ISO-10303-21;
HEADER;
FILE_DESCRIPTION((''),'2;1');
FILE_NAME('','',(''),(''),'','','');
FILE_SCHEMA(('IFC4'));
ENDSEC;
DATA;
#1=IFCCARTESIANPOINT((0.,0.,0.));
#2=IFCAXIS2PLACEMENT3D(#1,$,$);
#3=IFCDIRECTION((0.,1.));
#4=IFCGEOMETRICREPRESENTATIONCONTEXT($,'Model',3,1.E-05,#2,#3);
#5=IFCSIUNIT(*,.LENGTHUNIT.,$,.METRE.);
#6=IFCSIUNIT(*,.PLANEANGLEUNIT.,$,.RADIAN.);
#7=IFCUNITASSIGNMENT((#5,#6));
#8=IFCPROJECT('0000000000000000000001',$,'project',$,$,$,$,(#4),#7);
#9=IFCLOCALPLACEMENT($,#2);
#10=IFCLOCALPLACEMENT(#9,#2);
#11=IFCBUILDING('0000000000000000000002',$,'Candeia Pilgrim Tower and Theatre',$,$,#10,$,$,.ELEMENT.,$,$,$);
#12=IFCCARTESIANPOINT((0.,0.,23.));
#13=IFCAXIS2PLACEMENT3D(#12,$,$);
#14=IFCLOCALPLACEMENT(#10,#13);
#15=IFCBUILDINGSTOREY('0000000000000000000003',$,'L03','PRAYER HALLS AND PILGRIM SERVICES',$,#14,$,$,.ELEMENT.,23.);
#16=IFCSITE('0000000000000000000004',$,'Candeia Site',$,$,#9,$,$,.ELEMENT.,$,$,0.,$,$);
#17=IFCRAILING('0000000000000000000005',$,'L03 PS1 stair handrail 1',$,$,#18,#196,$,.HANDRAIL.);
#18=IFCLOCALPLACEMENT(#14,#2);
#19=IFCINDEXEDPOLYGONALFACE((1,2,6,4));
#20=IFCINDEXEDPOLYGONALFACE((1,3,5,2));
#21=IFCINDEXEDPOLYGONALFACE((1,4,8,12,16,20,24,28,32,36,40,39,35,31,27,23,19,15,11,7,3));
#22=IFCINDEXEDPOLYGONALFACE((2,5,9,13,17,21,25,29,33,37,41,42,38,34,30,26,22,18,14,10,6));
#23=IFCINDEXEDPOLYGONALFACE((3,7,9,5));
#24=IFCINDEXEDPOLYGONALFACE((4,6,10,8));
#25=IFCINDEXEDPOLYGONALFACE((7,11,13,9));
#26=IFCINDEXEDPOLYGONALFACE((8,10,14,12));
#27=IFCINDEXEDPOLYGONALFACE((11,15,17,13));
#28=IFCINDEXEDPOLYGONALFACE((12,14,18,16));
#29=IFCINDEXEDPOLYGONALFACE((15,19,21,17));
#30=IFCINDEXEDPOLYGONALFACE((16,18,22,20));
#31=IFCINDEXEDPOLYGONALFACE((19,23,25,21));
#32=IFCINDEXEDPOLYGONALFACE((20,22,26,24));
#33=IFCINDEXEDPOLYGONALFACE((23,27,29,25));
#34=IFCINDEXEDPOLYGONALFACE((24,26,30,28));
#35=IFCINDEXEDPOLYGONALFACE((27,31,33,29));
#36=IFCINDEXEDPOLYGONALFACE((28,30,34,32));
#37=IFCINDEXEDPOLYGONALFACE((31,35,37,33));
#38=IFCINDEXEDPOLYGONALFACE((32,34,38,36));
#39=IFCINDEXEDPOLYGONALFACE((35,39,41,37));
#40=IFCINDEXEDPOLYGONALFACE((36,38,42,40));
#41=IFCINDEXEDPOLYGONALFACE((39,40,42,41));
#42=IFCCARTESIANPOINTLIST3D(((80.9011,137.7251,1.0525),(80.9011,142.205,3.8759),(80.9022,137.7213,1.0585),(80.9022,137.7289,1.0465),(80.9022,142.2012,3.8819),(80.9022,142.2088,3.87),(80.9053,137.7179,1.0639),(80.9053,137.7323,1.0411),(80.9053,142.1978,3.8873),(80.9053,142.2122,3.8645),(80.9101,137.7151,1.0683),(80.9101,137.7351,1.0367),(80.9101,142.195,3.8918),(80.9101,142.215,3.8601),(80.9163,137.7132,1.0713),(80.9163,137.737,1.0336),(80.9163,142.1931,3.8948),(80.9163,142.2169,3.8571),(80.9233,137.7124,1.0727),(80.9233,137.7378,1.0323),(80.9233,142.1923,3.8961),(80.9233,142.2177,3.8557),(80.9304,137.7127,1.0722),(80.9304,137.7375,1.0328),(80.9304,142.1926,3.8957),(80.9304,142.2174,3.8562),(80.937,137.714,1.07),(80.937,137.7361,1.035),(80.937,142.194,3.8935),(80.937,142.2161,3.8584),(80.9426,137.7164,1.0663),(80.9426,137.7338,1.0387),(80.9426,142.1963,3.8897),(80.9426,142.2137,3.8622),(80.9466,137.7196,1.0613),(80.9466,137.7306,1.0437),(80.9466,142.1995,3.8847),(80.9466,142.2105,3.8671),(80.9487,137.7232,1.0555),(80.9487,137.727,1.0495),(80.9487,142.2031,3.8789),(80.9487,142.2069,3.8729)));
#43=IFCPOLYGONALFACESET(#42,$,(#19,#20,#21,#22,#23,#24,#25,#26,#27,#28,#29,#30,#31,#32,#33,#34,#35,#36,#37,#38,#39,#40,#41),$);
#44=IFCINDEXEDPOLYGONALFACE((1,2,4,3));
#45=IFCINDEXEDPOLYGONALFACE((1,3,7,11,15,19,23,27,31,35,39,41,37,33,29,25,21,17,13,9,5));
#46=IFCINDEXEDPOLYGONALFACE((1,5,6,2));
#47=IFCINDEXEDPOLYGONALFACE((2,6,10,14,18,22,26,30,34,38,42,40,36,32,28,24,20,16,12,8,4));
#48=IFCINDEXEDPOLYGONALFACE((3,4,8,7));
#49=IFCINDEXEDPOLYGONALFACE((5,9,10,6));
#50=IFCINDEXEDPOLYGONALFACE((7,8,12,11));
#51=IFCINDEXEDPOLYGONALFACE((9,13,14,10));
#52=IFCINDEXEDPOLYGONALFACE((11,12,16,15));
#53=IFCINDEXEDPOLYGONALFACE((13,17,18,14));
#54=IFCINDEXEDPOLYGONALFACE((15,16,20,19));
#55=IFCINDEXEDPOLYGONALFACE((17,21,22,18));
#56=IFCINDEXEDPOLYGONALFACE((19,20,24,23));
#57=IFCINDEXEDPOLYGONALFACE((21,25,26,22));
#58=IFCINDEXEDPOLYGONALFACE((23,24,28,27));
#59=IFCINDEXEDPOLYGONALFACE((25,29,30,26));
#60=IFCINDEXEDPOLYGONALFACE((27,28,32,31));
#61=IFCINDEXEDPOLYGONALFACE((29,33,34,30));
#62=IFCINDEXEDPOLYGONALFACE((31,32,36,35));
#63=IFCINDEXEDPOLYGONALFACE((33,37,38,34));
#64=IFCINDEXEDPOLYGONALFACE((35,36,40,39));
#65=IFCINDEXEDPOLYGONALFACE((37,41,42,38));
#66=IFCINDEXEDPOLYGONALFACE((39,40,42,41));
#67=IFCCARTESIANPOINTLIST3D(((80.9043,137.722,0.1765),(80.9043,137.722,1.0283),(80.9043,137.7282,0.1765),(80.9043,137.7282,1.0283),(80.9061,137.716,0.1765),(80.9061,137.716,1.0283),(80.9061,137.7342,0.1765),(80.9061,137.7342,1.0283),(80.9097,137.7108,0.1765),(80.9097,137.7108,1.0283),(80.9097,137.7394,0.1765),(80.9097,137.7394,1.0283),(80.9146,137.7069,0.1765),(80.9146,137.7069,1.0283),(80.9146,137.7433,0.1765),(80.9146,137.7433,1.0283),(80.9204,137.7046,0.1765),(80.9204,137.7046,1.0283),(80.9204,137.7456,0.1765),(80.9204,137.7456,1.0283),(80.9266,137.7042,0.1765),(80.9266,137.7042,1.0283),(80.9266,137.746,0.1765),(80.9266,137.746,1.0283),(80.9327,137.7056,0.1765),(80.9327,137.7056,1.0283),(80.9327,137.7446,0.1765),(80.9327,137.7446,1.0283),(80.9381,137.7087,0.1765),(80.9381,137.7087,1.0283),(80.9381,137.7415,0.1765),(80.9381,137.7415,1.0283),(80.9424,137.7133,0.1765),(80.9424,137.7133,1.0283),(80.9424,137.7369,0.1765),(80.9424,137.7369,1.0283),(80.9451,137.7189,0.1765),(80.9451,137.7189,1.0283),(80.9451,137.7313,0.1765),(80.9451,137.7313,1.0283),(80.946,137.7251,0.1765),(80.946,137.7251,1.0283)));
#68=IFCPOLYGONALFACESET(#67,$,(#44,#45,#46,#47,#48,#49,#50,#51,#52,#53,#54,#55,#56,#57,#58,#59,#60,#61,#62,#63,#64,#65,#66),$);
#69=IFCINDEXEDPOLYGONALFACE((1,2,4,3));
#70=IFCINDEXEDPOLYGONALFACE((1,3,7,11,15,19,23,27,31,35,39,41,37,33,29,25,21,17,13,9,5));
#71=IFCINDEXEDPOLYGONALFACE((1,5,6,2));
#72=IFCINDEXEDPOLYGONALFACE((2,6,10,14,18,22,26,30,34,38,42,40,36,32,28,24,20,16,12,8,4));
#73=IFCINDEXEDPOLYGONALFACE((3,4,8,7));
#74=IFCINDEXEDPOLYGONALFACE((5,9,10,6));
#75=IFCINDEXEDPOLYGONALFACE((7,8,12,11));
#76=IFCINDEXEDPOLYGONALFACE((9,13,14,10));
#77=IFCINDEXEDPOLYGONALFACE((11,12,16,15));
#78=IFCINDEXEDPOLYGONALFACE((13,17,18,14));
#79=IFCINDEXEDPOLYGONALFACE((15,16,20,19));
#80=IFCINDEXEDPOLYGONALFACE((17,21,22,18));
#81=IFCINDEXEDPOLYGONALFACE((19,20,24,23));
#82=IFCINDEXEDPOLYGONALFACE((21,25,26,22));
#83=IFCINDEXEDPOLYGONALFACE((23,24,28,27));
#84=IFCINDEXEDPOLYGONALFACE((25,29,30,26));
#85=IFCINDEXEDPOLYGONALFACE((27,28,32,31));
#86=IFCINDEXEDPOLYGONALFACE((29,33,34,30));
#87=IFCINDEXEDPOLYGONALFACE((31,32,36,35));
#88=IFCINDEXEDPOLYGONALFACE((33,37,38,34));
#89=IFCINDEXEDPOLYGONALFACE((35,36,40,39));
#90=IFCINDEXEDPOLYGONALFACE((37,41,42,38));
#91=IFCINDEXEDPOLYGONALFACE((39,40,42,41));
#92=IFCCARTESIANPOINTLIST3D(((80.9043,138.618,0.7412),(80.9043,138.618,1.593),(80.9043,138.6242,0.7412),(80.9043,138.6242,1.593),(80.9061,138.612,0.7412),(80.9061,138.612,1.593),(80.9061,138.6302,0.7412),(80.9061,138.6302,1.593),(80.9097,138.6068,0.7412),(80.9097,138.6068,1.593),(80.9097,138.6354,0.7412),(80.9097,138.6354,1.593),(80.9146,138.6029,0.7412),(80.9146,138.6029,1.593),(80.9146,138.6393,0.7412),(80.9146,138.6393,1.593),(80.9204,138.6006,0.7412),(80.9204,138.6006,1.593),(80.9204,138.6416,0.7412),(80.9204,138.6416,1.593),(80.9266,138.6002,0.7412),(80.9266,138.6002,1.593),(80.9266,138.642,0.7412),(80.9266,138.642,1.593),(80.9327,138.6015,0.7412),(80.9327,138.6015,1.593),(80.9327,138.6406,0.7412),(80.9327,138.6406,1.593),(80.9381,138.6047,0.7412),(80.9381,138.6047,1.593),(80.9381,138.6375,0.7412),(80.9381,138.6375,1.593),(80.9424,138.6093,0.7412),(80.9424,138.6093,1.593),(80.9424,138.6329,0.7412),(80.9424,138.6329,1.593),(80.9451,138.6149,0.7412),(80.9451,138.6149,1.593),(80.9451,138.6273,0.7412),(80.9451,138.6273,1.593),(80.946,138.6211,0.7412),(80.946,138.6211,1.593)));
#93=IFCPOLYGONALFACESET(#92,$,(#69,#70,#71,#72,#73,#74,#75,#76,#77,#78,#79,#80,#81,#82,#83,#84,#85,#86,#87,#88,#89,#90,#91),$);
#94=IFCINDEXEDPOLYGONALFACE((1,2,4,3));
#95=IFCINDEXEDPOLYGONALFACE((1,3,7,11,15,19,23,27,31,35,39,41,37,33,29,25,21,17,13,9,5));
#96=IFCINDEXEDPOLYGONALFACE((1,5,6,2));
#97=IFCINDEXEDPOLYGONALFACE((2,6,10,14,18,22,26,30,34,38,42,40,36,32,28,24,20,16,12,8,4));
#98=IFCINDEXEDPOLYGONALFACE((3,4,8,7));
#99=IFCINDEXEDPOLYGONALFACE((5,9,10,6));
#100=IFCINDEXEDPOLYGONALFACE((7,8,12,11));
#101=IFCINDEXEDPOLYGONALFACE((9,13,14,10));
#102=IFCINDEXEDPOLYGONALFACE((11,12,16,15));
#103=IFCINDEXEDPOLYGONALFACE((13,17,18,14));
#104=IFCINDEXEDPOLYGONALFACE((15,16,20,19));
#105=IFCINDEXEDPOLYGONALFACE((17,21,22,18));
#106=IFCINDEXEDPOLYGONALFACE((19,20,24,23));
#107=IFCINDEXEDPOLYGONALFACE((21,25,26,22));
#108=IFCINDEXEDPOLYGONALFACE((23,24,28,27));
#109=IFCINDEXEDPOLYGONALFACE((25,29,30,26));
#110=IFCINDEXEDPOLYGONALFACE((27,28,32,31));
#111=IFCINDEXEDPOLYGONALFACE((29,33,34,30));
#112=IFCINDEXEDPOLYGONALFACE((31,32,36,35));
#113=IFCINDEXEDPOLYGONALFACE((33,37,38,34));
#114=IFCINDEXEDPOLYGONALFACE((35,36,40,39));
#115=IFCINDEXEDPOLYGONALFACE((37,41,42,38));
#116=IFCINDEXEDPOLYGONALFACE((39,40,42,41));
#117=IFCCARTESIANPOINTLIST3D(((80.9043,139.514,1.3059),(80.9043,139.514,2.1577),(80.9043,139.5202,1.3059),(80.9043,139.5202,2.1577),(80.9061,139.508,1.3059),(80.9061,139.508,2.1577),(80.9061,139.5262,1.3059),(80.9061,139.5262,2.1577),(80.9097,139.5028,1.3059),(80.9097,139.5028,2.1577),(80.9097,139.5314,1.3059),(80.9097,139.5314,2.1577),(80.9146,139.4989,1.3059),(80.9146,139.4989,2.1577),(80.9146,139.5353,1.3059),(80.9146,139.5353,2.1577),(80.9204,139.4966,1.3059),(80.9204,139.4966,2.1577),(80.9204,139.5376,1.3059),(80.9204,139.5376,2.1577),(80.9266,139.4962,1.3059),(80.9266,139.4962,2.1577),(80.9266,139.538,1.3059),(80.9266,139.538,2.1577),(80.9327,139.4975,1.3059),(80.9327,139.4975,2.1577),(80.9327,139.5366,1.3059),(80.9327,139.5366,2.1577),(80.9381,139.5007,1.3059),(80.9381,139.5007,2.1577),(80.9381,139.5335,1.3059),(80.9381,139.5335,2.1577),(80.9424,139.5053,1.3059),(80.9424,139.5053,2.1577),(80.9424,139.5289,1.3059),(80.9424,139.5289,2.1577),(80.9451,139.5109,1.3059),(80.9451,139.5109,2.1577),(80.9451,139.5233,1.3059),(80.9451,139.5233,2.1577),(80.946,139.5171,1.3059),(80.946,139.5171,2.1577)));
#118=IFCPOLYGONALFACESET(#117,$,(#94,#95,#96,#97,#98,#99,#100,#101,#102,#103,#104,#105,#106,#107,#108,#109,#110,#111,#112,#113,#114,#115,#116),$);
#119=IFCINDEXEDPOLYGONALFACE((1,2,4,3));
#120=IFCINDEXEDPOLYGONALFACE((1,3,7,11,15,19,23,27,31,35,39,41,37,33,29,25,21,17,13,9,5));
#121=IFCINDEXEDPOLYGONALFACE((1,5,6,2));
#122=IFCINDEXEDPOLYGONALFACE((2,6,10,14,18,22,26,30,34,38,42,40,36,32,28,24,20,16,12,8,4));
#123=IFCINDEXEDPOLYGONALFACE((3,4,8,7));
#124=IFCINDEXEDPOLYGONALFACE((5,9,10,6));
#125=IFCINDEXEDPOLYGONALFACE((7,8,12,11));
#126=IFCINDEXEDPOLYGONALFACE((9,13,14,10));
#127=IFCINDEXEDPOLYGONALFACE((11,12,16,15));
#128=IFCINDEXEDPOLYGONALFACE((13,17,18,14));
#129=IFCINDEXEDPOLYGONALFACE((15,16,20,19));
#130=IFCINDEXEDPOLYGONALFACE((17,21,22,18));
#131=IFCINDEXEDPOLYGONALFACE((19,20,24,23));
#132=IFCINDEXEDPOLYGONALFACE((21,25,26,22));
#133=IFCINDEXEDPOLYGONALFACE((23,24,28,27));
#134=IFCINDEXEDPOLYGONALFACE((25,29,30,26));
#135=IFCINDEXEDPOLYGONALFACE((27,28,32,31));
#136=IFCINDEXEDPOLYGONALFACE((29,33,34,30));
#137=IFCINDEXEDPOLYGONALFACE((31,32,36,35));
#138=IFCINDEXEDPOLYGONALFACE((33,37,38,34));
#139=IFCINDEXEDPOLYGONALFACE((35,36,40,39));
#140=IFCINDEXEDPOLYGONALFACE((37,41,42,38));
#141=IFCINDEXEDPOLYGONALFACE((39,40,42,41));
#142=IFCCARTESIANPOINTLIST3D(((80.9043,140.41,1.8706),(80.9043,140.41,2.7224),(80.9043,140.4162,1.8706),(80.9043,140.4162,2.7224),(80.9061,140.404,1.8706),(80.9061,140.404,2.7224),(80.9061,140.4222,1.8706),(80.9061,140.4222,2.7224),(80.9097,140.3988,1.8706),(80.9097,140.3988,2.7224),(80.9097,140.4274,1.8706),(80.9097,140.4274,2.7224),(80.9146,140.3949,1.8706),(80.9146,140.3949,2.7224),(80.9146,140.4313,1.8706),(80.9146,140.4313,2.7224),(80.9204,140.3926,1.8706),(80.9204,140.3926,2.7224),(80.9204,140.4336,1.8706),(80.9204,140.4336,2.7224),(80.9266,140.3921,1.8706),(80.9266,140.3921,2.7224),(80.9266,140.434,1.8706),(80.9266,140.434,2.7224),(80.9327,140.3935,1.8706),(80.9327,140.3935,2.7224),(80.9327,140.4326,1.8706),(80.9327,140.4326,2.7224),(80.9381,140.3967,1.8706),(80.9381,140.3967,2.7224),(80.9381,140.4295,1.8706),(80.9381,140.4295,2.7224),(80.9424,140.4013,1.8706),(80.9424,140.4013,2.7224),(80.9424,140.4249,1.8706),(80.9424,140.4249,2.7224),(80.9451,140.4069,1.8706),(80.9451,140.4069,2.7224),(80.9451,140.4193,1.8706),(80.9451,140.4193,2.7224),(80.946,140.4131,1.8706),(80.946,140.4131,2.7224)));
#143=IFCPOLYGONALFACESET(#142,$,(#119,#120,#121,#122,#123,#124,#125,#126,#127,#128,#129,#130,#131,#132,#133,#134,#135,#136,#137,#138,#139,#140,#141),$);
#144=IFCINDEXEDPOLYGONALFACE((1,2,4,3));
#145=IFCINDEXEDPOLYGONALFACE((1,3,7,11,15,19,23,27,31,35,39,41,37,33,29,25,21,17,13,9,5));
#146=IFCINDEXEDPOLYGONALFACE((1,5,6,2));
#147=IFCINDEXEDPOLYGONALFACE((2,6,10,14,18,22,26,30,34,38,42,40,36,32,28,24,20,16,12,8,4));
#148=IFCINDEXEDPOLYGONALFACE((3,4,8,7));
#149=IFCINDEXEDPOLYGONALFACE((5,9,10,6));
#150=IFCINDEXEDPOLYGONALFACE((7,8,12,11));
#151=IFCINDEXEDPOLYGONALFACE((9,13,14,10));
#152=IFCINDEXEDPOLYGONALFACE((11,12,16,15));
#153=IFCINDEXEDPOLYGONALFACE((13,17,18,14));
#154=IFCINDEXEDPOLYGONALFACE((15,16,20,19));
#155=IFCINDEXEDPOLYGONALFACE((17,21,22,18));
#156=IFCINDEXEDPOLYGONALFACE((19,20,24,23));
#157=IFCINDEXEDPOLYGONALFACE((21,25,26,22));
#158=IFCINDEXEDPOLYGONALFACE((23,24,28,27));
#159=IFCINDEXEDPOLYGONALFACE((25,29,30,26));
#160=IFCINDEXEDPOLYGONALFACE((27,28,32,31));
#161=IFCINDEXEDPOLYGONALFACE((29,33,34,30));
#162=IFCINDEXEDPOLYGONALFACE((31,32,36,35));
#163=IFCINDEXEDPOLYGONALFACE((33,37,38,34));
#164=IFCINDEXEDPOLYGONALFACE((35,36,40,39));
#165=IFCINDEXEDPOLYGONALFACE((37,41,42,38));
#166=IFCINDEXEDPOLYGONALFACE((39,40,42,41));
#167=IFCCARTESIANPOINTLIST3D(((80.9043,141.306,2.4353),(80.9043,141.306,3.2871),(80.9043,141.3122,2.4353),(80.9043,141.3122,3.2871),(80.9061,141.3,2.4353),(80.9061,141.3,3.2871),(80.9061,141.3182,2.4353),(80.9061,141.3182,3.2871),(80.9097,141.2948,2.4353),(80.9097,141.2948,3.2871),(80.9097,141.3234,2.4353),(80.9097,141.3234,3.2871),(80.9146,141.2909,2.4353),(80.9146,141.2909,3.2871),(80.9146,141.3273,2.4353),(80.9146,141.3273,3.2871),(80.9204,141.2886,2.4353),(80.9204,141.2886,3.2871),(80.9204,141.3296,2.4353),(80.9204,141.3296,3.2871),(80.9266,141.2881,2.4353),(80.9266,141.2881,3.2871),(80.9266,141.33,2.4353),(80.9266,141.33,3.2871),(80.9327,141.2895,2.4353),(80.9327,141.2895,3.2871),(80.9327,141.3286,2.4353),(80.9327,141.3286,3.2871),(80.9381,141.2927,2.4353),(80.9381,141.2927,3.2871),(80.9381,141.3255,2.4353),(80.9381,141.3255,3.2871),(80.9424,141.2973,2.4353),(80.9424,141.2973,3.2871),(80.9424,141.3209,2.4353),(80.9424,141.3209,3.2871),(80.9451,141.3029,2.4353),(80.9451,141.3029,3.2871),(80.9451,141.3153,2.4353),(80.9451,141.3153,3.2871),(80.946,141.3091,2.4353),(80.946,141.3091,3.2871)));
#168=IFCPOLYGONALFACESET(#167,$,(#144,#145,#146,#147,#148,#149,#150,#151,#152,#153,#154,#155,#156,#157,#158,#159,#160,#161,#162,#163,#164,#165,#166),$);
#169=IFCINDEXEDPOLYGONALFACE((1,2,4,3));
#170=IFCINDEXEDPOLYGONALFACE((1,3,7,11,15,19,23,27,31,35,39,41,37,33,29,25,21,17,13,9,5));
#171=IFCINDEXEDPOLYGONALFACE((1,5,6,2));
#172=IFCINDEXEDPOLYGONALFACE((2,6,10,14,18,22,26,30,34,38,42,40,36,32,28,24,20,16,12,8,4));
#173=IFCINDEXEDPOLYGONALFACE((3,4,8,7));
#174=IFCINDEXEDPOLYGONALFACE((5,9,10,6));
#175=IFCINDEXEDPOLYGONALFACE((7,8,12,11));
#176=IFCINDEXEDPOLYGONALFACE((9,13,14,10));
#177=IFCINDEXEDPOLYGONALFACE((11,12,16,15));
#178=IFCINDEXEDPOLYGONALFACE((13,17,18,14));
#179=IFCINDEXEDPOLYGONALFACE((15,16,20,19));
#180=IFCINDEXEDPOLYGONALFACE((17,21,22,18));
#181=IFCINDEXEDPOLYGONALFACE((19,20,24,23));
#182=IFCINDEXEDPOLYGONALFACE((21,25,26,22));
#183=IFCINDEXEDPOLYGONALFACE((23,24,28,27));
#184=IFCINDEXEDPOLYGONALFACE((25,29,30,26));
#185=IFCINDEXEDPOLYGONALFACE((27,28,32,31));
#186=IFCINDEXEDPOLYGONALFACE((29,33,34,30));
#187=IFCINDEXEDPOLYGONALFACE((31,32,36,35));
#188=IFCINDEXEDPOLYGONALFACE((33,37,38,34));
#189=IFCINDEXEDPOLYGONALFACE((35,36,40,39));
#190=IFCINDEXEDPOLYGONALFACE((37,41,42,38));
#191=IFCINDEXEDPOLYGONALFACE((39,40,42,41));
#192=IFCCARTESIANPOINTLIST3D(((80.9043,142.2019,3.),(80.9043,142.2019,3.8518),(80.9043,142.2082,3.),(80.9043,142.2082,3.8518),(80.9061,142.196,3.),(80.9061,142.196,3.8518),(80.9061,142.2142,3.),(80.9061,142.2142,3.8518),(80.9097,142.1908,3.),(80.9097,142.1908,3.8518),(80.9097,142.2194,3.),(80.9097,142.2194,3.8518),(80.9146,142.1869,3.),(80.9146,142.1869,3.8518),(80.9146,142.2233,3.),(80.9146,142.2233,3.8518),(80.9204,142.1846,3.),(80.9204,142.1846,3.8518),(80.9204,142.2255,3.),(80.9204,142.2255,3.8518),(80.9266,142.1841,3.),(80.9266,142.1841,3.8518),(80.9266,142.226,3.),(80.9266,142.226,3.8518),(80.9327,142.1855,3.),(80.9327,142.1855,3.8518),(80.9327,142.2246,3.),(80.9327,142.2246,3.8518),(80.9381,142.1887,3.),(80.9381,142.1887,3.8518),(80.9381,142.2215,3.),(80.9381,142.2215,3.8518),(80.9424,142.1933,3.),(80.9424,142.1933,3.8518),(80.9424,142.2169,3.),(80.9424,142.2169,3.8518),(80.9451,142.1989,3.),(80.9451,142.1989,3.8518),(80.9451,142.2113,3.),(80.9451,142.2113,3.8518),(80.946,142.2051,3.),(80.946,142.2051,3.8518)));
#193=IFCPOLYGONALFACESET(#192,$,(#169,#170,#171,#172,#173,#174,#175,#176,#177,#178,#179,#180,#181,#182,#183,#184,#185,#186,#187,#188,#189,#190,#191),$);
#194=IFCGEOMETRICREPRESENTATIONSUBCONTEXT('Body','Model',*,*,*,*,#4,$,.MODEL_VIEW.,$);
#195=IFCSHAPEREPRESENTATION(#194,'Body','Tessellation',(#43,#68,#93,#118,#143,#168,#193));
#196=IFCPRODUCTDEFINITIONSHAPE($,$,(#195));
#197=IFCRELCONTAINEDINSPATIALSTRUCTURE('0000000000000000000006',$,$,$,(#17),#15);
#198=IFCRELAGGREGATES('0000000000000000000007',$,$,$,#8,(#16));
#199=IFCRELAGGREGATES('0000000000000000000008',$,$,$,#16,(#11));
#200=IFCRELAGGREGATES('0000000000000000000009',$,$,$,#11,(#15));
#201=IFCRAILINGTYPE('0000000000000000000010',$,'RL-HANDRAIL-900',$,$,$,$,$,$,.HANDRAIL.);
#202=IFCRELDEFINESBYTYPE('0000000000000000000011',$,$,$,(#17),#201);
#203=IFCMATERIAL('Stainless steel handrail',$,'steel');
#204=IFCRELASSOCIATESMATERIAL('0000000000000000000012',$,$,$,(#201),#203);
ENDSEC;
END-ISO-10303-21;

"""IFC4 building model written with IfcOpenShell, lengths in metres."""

from ifc_helpers import new_model, si_unit, direction, frame, origin, origin_2d, place, context, subcontext, project, spatial, circle, extrude, material, type_object, element, save


model = new_model("IFC4")

# Units and contexts
model_context = context("Model", 3, precision=1e-05, world=origin(), true_north=direction((0.0, 1.0)))
body_context = subcontext(model_context, "Body", "Model", "MODEL_VIEW")
ifc_project = project(units=[si_unit("LENGTHUNIT", "METRE"), si_unit("PLANEANGLEUNIT", "RADIAN")], contexts=[model_context])

# Site, building, storey
site_placement = place(None, origin())
site = spatial("IfcSite", under=ifc_project, at=site_placement, Name="Candeia Site", CompositionType="ELEMENT", RefElevation=0.0)
building_placement = place(site_placement, origin())
building = spatial("IfcBuilding", under=site, at=building_placement, Name="Candeia Pilgrim Tower and Theatre", CompositionType="ELEMENT")
storey_placement = place(building_placement, frame((0.0, 0.0, 23.0)))
storey = spatial("IfcBuildingStorey", under=building, at=storey_placement, Name="L03", Description="PRAYER HALLS AND PILGRIM SERVICES", CompositionType="ELEMENT", Elevation=23.0)

# Railing
ifc_material_1 = material(Name="Stainless steel handrail", Category="steel")
railing_type_1 = type_object("IfcRailingType", Name="RL-HANDRAIL-900", PredefinedType="HANDRAIL", material=ifc_material_1)
for number, where, name in (
    (1, (80.925, 137.7251, 0.1765), "L03 PS1 stair handrail 1"),
):
    element("IfcRailing", number, at=place(storey_placement, frame(where)), inside=storey, type_object=railing_type_1, Name=name, PredefinedType="HANDRAIL", context=body_context, shape_type="SweptSolid", body=[
        extrude(circle(Radius=0.0239, at=origin_2d()), frame((0.0, 0.0, 0.876), z_axis=(0.0, 0.845998, 0.533186), x_axis=(-1.0, 0.0, 0.0)), (0.0, 0.0, 1.0), 5.2954),
        extrude(circle(Radius=0.021, at=origin_2d()), origin(), (0.0, 0.0, 1.0), 0.8518),
        extrude(circle(Radius=0.021, at=origin_2d()), frame((0.0, 0.896, 0.5647)), (0.0, 0.0, 1.0), 0.8518),
        extrude(circle(Radius=0.021, at=origin_2d()), frame((0.0, 1.792, 1.1294)), (0.0, 0.0, 1.0), 0.8518),
        extrude(circle(Radius=0.021, at=origin_2d()), frame((0.0, 2.688, 1.6941)), (0.0, 0.0, 1.0), 0.8518),
        extrude(circle(Radius=0.021, at=origin_2d()), frame((0.0, 3.584, 2.2588)), (0.0, 0.0, 1.0), 0.8518),
        extrude(circle(Radius=0.021, at=origin_2d()), frame((0.0, 4.48, 2.8235)), (0.0, 0.0, 1.0), 0.8518),
    ])

save(model, "model.ifc")
